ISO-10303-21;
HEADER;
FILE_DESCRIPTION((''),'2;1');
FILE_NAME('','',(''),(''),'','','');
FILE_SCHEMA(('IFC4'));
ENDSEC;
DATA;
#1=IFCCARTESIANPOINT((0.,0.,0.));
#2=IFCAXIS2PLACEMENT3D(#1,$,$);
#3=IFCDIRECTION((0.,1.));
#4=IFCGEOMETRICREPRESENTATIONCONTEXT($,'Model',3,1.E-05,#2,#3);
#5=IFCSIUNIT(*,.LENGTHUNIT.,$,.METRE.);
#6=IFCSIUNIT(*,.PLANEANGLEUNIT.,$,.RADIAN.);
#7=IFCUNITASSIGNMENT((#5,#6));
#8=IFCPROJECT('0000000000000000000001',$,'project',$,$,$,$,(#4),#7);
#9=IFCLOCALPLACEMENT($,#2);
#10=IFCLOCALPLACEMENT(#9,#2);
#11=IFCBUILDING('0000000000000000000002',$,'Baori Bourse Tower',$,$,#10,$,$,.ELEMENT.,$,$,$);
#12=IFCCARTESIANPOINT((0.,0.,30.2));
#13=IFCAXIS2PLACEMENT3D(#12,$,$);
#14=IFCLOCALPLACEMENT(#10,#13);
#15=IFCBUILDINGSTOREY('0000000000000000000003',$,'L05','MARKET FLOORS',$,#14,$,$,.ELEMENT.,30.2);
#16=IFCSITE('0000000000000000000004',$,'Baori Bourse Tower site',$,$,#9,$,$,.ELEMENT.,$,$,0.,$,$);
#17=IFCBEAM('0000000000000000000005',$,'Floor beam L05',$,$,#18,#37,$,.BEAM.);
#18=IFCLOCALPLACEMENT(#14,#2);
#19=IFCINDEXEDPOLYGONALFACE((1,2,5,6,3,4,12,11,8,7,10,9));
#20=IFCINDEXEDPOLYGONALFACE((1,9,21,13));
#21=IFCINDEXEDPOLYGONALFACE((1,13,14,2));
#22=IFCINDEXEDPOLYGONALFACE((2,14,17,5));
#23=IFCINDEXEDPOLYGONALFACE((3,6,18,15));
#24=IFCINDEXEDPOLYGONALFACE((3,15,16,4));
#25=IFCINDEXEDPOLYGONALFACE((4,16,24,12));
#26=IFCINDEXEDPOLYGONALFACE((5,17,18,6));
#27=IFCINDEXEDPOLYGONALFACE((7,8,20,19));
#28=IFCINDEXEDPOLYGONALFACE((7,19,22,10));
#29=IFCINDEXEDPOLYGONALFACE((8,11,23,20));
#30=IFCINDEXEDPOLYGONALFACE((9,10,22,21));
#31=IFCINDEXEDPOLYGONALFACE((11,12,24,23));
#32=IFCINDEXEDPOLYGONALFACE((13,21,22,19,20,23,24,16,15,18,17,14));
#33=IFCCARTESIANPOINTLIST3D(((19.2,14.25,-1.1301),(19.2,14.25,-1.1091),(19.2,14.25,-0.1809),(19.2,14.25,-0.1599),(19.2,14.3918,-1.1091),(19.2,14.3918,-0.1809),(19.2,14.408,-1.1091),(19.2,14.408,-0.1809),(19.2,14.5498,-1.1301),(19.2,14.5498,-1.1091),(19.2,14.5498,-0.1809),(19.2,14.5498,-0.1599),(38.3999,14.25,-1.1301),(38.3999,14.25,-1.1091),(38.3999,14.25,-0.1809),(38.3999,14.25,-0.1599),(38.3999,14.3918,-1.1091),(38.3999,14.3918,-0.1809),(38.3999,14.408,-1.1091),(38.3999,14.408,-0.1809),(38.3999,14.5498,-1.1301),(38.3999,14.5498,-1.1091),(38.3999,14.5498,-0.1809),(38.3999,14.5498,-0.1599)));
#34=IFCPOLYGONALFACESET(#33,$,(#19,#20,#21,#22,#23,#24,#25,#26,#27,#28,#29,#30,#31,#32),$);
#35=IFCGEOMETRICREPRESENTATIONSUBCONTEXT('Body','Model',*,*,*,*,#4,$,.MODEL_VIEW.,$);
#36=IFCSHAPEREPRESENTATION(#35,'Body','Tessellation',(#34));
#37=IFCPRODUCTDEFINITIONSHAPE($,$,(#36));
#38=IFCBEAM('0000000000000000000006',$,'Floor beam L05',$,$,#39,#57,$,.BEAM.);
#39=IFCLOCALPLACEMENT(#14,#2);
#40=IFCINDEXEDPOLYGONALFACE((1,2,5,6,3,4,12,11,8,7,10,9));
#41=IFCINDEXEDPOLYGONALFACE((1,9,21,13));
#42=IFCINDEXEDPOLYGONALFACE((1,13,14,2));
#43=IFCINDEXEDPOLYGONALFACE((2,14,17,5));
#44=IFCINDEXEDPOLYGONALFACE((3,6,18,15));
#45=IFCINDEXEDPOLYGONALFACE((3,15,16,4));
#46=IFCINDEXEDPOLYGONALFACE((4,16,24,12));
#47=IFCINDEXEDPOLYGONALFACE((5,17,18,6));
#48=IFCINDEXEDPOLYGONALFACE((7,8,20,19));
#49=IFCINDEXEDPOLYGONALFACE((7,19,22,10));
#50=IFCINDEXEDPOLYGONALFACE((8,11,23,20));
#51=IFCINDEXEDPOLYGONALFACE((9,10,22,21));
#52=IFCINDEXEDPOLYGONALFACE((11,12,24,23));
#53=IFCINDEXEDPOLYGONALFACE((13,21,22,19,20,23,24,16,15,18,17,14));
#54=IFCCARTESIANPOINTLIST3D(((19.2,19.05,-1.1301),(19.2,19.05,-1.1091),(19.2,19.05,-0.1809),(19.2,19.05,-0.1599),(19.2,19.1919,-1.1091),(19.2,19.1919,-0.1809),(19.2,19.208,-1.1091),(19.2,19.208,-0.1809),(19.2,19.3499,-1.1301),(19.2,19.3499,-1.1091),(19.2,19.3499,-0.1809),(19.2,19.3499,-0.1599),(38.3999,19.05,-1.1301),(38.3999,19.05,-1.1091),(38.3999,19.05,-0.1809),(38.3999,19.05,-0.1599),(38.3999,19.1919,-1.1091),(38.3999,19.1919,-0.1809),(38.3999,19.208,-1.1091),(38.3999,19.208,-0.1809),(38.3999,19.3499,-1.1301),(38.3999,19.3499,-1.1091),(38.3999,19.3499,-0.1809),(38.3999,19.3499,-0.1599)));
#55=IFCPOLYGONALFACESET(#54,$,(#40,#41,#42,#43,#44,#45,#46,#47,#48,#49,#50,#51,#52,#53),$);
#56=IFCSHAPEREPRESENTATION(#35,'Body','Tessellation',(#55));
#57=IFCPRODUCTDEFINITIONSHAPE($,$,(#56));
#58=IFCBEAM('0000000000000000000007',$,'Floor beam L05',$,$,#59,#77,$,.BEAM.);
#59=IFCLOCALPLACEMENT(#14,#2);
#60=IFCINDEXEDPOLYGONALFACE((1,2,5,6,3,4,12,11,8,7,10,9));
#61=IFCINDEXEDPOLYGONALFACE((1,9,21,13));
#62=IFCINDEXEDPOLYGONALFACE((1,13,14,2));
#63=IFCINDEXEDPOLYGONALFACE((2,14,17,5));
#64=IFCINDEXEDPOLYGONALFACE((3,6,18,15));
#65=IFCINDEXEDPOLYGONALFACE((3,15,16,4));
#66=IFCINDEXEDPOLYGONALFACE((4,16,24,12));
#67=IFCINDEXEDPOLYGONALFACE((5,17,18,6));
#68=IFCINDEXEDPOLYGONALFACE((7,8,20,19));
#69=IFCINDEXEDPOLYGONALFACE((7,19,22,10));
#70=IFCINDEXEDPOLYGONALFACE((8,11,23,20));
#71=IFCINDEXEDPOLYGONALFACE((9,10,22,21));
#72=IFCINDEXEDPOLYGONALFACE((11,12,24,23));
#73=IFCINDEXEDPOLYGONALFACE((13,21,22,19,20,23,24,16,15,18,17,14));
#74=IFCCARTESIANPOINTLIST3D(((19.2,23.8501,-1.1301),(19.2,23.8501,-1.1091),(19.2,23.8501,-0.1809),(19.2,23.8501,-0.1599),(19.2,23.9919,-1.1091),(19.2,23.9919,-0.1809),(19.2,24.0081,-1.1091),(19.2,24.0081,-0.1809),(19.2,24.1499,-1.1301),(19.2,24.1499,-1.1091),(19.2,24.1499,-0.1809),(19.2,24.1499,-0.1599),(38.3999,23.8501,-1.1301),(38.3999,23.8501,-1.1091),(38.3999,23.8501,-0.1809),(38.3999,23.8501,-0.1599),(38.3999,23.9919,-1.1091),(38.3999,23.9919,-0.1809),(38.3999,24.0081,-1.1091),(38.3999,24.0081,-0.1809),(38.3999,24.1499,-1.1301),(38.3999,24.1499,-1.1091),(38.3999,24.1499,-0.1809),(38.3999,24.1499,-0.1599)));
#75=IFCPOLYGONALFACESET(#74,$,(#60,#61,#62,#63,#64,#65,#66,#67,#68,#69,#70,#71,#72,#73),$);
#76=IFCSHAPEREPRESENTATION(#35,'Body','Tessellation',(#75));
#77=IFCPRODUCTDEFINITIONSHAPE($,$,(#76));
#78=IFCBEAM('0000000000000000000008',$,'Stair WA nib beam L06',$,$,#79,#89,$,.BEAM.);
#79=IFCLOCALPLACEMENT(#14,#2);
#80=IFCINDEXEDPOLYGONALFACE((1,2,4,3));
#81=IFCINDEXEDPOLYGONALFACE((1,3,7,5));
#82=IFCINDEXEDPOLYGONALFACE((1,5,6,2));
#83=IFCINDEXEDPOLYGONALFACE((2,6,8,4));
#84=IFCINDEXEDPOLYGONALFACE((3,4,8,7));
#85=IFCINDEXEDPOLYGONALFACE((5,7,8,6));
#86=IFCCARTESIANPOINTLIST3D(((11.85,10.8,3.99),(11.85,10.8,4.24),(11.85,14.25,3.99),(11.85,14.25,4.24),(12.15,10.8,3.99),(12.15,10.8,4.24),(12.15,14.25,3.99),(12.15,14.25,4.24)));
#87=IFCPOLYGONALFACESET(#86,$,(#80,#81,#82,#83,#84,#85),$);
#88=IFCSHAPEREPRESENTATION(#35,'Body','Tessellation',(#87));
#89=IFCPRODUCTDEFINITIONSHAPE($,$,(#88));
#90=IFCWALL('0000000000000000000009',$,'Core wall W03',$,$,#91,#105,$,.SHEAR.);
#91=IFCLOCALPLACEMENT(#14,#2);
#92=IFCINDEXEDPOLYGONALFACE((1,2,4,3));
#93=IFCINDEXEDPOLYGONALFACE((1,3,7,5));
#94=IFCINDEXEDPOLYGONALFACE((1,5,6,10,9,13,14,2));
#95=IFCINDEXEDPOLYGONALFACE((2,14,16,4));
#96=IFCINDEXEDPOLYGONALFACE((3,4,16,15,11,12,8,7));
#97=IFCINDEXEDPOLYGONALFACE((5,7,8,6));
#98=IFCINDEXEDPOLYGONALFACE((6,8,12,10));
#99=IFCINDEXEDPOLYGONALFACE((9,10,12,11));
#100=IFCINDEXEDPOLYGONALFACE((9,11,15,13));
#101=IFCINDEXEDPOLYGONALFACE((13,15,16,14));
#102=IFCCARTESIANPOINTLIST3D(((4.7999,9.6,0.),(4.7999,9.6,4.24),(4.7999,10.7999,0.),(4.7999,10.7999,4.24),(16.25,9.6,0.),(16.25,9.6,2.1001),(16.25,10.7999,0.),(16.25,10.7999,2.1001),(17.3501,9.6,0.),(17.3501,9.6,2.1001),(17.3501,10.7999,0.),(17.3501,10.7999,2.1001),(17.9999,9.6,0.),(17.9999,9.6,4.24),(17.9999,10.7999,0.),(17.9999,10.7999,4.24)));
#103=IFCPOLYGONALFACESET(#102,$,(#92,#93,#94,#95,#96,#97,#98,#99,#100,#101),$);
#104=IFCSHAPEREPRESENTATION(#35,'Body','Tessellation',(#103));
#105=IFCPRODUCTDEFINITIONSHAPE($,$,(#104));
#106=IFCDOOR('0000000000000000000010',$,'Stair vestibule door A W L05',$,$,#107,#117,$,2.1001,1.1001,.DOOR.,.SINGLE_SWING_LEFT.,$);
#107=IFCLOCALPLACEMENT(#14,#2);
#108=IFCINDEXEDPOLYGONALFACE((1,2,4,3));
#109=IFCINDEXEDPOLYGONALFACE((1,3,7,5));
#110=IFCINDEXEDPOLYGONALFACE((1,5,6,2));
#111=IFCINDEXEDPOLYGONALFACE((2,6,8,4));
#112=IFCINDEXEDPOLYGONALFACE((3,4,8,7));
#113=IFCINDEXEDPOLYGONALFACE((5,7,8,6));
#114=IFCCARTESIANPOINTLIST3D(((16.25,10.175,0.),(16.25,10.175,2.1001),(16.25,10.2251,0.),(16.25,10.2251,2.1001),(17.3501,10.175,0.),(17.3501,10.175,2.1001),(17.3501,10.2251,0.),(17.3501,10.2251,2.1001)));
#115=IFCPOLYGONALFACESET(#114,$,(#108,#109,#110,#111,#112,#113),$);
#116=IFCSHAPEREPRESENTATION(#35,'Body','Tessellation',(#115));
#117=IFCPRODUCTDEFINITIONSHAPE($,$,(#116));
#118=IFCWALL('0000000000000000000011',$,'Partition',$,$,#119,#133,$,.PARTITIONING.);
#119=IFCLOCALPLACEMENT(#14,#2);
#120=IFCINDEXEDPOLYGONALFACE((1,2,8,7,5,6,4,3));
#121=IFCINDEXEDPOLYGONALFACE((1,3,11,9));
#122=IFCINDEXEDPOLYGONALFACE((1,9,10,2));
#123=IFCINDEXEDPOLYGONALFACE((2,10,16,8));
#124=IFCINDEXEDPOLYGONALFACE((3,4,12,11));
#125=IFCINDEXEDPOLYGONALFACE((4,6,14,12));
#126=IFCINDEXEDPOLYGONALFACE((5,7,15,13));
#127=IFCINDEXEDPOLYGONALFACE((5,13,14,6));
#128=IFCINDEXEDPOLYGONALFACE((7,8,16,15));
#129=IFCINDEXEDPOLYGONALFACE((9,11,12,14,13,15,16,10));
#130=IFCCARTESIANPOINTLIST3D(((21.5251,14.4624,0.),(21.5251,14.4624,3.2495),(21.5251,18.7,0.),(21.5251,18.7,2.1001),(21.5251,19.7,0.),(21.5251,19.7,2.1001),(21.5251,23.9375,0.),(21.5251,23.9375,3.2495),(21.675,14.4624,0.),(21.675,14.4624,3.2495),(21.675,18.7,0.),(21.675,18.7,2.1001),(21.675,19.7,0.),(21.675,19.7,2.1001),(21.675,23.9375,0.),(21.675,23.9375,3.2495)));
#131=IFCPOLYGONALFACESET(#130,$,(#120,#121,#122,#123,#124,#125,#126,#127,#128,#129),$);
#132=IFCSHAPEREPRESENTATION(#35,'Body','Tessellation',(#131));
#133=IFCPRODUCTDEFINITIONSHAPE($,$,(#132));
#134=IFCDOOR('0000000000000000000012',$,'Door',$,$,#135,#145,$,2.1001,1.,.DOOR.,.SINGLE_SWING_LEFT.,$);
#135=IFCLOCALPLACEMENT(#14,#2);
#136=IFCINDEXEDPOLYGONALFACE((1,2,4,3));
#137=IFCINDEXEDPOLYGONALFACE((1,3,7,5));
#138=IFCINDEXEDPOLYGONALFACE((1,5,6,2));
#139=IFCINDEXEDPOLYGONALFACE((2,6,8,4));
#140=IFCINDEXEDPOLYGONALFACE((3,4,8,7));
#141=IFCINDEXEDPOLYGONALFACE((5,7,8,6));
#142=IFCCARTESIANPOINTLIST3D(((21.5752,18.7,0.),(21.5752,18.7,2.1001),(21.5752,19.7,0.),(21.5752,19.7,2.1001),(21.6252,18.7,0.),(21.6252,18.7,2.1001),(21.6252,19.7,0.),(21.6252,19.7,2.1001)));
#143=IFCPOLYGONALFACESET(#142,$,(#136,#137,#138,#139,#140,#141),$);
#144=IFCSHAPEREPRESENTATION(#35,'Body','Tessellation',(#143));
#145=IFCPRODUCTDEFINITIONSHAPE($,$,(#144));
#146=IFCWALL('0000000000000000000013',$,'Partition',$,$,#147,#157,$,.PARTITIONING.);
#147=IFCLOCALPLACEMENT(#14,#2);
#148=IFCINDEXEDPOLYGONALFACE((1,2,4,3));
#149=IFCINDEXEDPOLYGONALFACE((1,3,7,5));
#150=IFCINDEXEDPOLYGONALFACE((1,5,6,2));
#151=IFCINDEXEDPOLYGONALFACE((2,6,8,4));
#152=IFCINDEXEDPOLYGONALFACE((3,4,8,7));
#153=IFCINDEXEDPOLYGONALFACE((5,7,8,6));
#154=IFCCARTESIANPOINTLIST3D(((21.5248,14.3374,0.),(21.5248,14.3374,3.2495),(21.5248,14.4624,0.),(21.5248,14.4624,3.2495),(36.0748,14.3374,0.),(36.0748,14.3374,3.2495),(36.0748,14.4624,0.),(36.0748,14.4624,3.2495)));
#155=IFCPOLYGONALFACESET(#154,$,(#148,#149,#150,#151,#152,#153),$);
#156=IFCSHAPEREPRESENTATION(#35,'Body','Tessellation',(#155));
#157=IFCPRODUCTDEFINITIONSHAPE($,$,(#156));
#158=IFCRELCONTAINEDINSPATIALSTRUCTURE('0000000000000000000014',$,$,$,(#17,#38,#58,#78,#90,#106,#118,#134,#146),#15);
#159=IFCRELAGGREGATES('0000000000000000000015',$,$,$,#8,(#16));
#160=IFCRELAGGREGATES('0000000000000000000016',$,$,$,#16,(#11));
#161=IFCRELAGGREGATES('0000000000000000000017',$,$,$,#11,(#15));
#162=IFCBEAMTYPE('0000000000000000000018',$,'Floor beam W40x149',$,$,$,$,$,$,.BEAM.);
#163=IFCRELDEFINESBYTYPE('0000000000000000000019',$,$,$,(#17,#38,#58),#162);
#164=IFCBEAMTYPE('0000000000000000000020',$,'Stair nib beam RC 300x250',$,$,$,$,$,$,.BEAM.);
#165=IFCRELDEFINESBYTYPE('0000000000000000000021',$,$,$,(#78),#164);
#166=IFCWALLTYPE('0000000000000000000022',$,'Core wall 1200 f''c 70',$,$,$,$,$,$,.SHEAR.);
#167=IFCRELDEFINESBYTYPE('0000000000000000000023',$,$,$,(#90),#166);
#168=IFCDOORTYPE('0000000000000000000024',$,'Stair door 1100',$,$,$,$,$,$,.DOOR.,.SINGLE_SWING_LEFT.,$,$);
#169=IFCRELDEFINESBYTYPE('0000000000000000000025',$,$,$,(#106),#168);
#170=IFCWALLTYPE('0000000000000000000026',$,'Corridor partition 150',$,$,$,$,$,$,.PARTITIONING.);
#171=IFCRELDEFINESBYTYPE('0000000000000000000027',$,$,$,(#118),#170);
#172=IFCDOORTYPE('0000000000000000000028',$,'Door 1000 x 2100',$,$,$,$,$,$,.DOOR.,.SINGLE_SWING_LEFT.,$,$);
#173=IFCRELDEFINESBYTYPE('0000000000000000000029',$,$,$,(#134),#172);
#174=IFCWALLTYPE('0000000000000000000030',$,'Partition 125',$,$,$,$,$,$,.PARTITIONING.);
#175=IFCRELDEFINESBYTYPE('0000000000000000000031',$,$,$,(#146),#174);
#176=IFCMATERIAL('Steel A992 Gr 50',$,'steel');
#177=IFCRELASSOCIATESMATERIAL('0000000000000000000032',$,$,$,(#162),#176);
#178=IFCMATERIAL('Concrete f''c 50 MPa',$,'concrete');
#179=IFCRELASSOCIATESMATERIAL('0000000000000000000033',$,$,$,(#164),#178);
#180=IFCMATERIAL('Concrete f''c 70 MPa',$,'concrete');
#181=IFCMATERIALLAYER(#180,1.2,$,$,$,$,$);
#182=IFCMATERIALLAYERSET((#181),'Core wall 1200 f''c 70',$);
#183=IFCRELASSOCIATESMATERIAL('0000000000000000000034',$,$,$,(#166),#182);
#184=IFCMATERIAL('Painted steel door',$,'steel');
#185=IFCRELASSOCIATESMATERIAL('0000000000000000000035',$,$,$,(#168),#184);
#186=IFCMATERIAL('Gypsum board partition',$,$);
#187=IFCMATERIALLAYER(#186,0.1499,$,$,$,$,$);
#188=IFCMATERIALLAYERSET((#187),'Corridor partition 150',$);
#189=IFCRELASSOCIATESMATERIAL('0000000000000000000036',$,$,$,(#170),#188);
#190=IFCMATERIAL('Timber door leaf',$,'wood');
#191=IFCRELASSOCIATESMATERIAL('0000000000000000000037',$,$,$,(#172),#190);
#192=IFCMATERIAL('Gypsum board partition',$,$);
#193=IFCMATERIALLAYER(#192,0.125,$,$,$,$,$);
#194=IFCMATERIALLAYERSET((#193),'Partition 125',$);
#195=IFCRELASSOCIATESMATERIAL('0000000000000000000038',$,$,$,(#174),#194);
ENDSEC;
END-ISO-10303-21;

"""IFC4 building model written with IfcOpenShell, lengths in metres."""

from ifc_helpers import new_model, si_unit, direction, frame, frame_2d, origin, origin_2d, place, context, subcontext, project, spatial, rectangle, i_section, extrude, material, layer, layer_set, material_profile, profile_set, type_object, element, fill, save


model = new_model("IFC4")

# Units and contexts
model_context = context("Model", 3, precision=1e-05, world=origin(), true_north=direction((0.0, 1.0)))
body_context = subcontext(model_context, "Body", "Model", "MODEL_VIEW")
ifc_project = project(units=[si_unit("LENGTHUNIT", "METRE"), si_unit("PLANEANGLEUNIT", "RADIAN")], contexts=[model_context])

# Site, building, storey
site_placement = place(None, origin())
site = spatial("IfcSite", under=ifc_project, at=site_placement, Name="Baori Bourse Tower site", CompositionType="ELEMENT", RefElevation=0.0)
building_placement = place(site_placement, origin())
building = spatial("IfcBuilding", under=site, at=building_placement, Name="Baori Bourse Tower", CompositionType="ELEMENT")
storey_placement = place(building_placement, frame((0.0, 0.0, 30.2)))
storey = spatial("IfcBuildingStorey", under=building, at=storey_placement, Name="L05", Description="MARKET FLOORS", CompositionType="ELEMENT", Elevation=30.2)

# Beams
ifc_material_1 = material(Name="Steel A992 Gr 50", Category="steel")
ifc_material_profile_1 = material_profile(ifc_material_1, i_section(OverallWidth=0.2998, OverallDepth=0.9702, WebThickness=0.0161, FlangeThickness=0.021, at=origin_2d()), Name="W40x149")
ifc_profile_set_1 = profile_set([ifc_material_profile_1], Name="Steel A992 Gr 50")
beam_type_1 = type_object("IfcBeamType", Name="Floor beam W40x149", PredefinedType="BEAM", material=ifc_profile_set_1)
for number, where, z_axis, x_axis, name in (
    (1, (19.2, 14.3999, -0.645), (1.0, 0.0, 0.0), (0.0, 1.0, 0.0), "Floor beam L05"),
    (2, (19.2, 19.2, -0.645), (1.0, 0.0, 0.0), (0.0, 1.0, 0.0), "Floor beam L05"),
    (3, (19.2, 24.0, -0.645), (1.0, 0.0, 0.0), (0.0, 1.0, 0.0), "Floor beam L05"),
):
    element("IfcBeam", number, at=place(storey_placement, frame(where, z_axis=z_axis, x_axis=x_axis)), inside=storey, type_object=beam_type_1, Name=name, PredefinedType="BEAM", context=body_context, shape_type="SweptSolid", body=[
        extrude(i_section(OverallWidth=0.2998, OverallDepth=0.9702, WebThickness=0.0161, FlangeThickness=0.021, at=origin_2d()), origin(), (0.0, 0.0, 1.0), 19.2),
    ])
ifc_material_2 = material(Name="Concrete f'c 50 MPa", Category="concrete")
ifc_material_profile_2 = material_profile(ifc_material_2, rectangle(XDim=0.3, YDim=0.25, at=origin_2d()), Name="RC 300x250")
ifc_profile_set_2 = profile_set([ifc_material_profile_2], Name="Concrete f'c 50 MPa")
beam_type_2 = type_object("IfcBeamType", Name="Stair nib beam RC 300x250", PredefinedType="BEAM", material=ifc_profile_set_2)
beam_placement = place(storey_placement, frame((12.0, 10.8, 4.115), z_axis=(0.0, 1.0, 0.0), x_axis=(-1.0, 0.0, 0.0)))
element("IfcBeam", 4, at=beam_placement, inside=storey, type_object=beam_type_2, Name="Stair WA nib beam L06", PredefinedType="BEAM", context=body_context, shape_type="SweptSolid", body=[
    extrude(rectangle(XDim=0.3, YDim=0.25, at=origin_2d()), origin(), (0.0, 0.0, 1.0), 3.45),
])

# Walls, openings, doors
ifc_material_3 = material(Name="Concrete f'c 70 MPa", Category="concrete")
ifc_layer_1 = layer(ifc_material_3, 1.2)
ifc_layer_set_1 = layer_set([ifc_layer_1], Name="Core wall 1200 f'c 70")
wall_type_1 = type_object("IfcWallType", Name="Core wall 1200 f'c 70", PredefinedType="SHEAR", material=ifc_layer_set_1)
wall_1_placement = place(storey_placement, frame((18.0, 10.2, 0.0), z_axis=(0.0, 0.0, 1.0), x_axis=(-1.0, 0.0, 0.0)))
wall_1 = element("IfcWall", 5, at=wall_1_placement, inside=storey, type_object=wall_type_1, Name="Core wall W03", PredefinedType="SHEAR", context=body_context, shape_type="SweptSolid", body=[
    extrude(rectangle(XDim=13.2, YDim=1.2, at=frame_2d((6.6001, 0.0))), origin(), (0.0, 0.0, 1.0), 4.24),
])
opening_1_placement = place(wall_1_placement, frame((0.6499, 0.0, 0.0)))
opening_1 = element("IfcOpeningElement", 6, at=opening_1_placement, cuts=wall_1, PredefinedType="OPENING", context=body_context, shape_type="SweptSolid", body=[
    extrude(rectangle(XDim=1.1001, YDim=2.1001, at=frame_2d((0.55, 1.05))), frame((0.0, 0.6099, 0.0), z_axis=(0.0, -1.0, 0.0), x_axis=(1.0, 0.0, 0.0)), (0.0, 0.0, 1.0), 1.22),
])
ifc_material_4 = material(Name="Painted steel door", Category="steel")
door_type_1 = type_object("IfcDoorType", Name="Stair door 1100", OperationType="SINGLE_SWING_LEFT", PredefinedType="DOOR", material=ifc_material_4)
door_1_placement = place(opening_1_placement, origin())
door_1 = element("IfcDoor", 7, at=door_1_placement, inside=storey, type_object=door_type_1, Name="Stair vestibule door A W L05", OperationType="SINGLE_SWING_LEFT", OverallHeight=2.1001, OverallWidth=1.1001, PredefinedType="DOOR", context=body_context, shape_type="SweptSolid", body=[
    extrude(rectangle(XDim=1.1001, YDim=2.1001, at=frame_2d((0.55, 1.05))), frame((0.0, 0.0249, 0.0), z_axis=(0.0, -1.0, 0.0), x_axis=(1.0, 0.0, 0.0)), (0.0, 0.0, 1.0), 0.05),
])
fill(opening_1, door_1)
ifc_material_5 = material(Name="Gypsum board partition")
ifc_layer_2 = layer(ifc_material_5, 0.1499)
ifc_layer_set_2 = layer_set([ifc_layer_2], Name="Corridor partition 150")
wall_type_2 = type_object("IfcWallType", Name="Corridor partition 150", PredefinedType="PARTITIONING", material=ifc_layer_set_2)
wall_2_placement = place(storey_placement, frame((21.6001, 14.4624, 0.0), z_axis=(0.0, 0.0, 1.0), x_axis=(0.0, 1.0, 0.0)))
wall_2 = element("IfcWall", 8, at=wall_2_placement, inside=storey, type_object=wall_type_2, Name="Partition", PredefinedType="PARTITIONING", context=body_context, shape_type="SweptSolid", body=[
    extrude(rectangle(XDim=9.4751, YDim=0.1499, at=frame_2d((4.7375, 0.0))), origin(), (0.0, 0.0, 1.0), 3.2495),
])
opening_2_placement = place(wall_2_placement, frame((4.2375, 0.0, 0.0)))
opening_2 = element("IfcOpeningElement", 9, at=opening_2_placement, cuts=wall_2, PredefinedType="OPENING", context=body_context, shape_type="SweptSolid", body=[
    extrude(rectangle(XDim=1.0, YDim=2.1001, at=frame_2d((0.5, 1.05))), frame((0.0, 0.085, 0.0), z_axis=(0.0, -1.0, 0.0), x_axis=(1.0, 0.0, 0.0)), (0.0, 0.0, 1.0), 0.1699),
])
ifc_material_6 = material(Name="Timber door leaf", Category="wood")
door_type_2 = type_object("IfcDoorType", Name="Door 1000 x 2100", OperationType="SINGLE_SWING_LEFT", PredefinedType="DOOR", material=ifc_material_6)
door_2_placement = place(opening_2_placement, origin())
door_2 = element("IfcDoor", 10, at=door_2_placement, inside=storey, type_object=door_type_2, Name="Door", OperationType="SINGLE_SWING_LEFT", OverallHeight=2.1001, OverallWidth=1.0, PredefinedType="DOOR", context=body_context, shape_type="SweptSolid", body=[
    extrude(rectangle(XDim=1.0, YDim=2.1001, at=frame_2d((0.5, 1.05))), frame((0.0, 0.0249, 0.0), z_axis=(0.0, -1.0, 0.0), x_axis=(1.0, 0.0, 0.0)), (0.0, 0.0, 1.0), 0.05),
])
fill(opening_2, door_2)

# Wall
ifc_material_7 = material(Name="Gypsum board partition")
ifc_layer_3 = layer(ifc_material_7, 0.125)
ifc_layer_set_3 = layer_set([ifc_layer_3], Name="Partition 125")
wall_type_3 = type_object("IfcWallType", Name="Partition 125", PredefinedType="PARTITIONING", material=ifc_layer_set_3)
wall_3_placement = place(storey_placement, frame((21.5249, 14.3999, 0.0), z_axis=(0.0, 0.0, 1.0), x_axis=(1.0, 0.0, 0.0)))
element("IfcWall", 11, at=wall_3_placement, inside=storey, type_object=wall_type_3, Name="Partition", PredefinedType="PARTITIONING", context=body_context, shape_type="SweptSolid", body=[
    extrude(rectangle(XDim=14.55, YDim=0.125, at=frame_2d((7.2749, 0.0))), origin(), (0.0, 0.0, 1.0), 3.2495),
])

save(model, "model.ifc")
